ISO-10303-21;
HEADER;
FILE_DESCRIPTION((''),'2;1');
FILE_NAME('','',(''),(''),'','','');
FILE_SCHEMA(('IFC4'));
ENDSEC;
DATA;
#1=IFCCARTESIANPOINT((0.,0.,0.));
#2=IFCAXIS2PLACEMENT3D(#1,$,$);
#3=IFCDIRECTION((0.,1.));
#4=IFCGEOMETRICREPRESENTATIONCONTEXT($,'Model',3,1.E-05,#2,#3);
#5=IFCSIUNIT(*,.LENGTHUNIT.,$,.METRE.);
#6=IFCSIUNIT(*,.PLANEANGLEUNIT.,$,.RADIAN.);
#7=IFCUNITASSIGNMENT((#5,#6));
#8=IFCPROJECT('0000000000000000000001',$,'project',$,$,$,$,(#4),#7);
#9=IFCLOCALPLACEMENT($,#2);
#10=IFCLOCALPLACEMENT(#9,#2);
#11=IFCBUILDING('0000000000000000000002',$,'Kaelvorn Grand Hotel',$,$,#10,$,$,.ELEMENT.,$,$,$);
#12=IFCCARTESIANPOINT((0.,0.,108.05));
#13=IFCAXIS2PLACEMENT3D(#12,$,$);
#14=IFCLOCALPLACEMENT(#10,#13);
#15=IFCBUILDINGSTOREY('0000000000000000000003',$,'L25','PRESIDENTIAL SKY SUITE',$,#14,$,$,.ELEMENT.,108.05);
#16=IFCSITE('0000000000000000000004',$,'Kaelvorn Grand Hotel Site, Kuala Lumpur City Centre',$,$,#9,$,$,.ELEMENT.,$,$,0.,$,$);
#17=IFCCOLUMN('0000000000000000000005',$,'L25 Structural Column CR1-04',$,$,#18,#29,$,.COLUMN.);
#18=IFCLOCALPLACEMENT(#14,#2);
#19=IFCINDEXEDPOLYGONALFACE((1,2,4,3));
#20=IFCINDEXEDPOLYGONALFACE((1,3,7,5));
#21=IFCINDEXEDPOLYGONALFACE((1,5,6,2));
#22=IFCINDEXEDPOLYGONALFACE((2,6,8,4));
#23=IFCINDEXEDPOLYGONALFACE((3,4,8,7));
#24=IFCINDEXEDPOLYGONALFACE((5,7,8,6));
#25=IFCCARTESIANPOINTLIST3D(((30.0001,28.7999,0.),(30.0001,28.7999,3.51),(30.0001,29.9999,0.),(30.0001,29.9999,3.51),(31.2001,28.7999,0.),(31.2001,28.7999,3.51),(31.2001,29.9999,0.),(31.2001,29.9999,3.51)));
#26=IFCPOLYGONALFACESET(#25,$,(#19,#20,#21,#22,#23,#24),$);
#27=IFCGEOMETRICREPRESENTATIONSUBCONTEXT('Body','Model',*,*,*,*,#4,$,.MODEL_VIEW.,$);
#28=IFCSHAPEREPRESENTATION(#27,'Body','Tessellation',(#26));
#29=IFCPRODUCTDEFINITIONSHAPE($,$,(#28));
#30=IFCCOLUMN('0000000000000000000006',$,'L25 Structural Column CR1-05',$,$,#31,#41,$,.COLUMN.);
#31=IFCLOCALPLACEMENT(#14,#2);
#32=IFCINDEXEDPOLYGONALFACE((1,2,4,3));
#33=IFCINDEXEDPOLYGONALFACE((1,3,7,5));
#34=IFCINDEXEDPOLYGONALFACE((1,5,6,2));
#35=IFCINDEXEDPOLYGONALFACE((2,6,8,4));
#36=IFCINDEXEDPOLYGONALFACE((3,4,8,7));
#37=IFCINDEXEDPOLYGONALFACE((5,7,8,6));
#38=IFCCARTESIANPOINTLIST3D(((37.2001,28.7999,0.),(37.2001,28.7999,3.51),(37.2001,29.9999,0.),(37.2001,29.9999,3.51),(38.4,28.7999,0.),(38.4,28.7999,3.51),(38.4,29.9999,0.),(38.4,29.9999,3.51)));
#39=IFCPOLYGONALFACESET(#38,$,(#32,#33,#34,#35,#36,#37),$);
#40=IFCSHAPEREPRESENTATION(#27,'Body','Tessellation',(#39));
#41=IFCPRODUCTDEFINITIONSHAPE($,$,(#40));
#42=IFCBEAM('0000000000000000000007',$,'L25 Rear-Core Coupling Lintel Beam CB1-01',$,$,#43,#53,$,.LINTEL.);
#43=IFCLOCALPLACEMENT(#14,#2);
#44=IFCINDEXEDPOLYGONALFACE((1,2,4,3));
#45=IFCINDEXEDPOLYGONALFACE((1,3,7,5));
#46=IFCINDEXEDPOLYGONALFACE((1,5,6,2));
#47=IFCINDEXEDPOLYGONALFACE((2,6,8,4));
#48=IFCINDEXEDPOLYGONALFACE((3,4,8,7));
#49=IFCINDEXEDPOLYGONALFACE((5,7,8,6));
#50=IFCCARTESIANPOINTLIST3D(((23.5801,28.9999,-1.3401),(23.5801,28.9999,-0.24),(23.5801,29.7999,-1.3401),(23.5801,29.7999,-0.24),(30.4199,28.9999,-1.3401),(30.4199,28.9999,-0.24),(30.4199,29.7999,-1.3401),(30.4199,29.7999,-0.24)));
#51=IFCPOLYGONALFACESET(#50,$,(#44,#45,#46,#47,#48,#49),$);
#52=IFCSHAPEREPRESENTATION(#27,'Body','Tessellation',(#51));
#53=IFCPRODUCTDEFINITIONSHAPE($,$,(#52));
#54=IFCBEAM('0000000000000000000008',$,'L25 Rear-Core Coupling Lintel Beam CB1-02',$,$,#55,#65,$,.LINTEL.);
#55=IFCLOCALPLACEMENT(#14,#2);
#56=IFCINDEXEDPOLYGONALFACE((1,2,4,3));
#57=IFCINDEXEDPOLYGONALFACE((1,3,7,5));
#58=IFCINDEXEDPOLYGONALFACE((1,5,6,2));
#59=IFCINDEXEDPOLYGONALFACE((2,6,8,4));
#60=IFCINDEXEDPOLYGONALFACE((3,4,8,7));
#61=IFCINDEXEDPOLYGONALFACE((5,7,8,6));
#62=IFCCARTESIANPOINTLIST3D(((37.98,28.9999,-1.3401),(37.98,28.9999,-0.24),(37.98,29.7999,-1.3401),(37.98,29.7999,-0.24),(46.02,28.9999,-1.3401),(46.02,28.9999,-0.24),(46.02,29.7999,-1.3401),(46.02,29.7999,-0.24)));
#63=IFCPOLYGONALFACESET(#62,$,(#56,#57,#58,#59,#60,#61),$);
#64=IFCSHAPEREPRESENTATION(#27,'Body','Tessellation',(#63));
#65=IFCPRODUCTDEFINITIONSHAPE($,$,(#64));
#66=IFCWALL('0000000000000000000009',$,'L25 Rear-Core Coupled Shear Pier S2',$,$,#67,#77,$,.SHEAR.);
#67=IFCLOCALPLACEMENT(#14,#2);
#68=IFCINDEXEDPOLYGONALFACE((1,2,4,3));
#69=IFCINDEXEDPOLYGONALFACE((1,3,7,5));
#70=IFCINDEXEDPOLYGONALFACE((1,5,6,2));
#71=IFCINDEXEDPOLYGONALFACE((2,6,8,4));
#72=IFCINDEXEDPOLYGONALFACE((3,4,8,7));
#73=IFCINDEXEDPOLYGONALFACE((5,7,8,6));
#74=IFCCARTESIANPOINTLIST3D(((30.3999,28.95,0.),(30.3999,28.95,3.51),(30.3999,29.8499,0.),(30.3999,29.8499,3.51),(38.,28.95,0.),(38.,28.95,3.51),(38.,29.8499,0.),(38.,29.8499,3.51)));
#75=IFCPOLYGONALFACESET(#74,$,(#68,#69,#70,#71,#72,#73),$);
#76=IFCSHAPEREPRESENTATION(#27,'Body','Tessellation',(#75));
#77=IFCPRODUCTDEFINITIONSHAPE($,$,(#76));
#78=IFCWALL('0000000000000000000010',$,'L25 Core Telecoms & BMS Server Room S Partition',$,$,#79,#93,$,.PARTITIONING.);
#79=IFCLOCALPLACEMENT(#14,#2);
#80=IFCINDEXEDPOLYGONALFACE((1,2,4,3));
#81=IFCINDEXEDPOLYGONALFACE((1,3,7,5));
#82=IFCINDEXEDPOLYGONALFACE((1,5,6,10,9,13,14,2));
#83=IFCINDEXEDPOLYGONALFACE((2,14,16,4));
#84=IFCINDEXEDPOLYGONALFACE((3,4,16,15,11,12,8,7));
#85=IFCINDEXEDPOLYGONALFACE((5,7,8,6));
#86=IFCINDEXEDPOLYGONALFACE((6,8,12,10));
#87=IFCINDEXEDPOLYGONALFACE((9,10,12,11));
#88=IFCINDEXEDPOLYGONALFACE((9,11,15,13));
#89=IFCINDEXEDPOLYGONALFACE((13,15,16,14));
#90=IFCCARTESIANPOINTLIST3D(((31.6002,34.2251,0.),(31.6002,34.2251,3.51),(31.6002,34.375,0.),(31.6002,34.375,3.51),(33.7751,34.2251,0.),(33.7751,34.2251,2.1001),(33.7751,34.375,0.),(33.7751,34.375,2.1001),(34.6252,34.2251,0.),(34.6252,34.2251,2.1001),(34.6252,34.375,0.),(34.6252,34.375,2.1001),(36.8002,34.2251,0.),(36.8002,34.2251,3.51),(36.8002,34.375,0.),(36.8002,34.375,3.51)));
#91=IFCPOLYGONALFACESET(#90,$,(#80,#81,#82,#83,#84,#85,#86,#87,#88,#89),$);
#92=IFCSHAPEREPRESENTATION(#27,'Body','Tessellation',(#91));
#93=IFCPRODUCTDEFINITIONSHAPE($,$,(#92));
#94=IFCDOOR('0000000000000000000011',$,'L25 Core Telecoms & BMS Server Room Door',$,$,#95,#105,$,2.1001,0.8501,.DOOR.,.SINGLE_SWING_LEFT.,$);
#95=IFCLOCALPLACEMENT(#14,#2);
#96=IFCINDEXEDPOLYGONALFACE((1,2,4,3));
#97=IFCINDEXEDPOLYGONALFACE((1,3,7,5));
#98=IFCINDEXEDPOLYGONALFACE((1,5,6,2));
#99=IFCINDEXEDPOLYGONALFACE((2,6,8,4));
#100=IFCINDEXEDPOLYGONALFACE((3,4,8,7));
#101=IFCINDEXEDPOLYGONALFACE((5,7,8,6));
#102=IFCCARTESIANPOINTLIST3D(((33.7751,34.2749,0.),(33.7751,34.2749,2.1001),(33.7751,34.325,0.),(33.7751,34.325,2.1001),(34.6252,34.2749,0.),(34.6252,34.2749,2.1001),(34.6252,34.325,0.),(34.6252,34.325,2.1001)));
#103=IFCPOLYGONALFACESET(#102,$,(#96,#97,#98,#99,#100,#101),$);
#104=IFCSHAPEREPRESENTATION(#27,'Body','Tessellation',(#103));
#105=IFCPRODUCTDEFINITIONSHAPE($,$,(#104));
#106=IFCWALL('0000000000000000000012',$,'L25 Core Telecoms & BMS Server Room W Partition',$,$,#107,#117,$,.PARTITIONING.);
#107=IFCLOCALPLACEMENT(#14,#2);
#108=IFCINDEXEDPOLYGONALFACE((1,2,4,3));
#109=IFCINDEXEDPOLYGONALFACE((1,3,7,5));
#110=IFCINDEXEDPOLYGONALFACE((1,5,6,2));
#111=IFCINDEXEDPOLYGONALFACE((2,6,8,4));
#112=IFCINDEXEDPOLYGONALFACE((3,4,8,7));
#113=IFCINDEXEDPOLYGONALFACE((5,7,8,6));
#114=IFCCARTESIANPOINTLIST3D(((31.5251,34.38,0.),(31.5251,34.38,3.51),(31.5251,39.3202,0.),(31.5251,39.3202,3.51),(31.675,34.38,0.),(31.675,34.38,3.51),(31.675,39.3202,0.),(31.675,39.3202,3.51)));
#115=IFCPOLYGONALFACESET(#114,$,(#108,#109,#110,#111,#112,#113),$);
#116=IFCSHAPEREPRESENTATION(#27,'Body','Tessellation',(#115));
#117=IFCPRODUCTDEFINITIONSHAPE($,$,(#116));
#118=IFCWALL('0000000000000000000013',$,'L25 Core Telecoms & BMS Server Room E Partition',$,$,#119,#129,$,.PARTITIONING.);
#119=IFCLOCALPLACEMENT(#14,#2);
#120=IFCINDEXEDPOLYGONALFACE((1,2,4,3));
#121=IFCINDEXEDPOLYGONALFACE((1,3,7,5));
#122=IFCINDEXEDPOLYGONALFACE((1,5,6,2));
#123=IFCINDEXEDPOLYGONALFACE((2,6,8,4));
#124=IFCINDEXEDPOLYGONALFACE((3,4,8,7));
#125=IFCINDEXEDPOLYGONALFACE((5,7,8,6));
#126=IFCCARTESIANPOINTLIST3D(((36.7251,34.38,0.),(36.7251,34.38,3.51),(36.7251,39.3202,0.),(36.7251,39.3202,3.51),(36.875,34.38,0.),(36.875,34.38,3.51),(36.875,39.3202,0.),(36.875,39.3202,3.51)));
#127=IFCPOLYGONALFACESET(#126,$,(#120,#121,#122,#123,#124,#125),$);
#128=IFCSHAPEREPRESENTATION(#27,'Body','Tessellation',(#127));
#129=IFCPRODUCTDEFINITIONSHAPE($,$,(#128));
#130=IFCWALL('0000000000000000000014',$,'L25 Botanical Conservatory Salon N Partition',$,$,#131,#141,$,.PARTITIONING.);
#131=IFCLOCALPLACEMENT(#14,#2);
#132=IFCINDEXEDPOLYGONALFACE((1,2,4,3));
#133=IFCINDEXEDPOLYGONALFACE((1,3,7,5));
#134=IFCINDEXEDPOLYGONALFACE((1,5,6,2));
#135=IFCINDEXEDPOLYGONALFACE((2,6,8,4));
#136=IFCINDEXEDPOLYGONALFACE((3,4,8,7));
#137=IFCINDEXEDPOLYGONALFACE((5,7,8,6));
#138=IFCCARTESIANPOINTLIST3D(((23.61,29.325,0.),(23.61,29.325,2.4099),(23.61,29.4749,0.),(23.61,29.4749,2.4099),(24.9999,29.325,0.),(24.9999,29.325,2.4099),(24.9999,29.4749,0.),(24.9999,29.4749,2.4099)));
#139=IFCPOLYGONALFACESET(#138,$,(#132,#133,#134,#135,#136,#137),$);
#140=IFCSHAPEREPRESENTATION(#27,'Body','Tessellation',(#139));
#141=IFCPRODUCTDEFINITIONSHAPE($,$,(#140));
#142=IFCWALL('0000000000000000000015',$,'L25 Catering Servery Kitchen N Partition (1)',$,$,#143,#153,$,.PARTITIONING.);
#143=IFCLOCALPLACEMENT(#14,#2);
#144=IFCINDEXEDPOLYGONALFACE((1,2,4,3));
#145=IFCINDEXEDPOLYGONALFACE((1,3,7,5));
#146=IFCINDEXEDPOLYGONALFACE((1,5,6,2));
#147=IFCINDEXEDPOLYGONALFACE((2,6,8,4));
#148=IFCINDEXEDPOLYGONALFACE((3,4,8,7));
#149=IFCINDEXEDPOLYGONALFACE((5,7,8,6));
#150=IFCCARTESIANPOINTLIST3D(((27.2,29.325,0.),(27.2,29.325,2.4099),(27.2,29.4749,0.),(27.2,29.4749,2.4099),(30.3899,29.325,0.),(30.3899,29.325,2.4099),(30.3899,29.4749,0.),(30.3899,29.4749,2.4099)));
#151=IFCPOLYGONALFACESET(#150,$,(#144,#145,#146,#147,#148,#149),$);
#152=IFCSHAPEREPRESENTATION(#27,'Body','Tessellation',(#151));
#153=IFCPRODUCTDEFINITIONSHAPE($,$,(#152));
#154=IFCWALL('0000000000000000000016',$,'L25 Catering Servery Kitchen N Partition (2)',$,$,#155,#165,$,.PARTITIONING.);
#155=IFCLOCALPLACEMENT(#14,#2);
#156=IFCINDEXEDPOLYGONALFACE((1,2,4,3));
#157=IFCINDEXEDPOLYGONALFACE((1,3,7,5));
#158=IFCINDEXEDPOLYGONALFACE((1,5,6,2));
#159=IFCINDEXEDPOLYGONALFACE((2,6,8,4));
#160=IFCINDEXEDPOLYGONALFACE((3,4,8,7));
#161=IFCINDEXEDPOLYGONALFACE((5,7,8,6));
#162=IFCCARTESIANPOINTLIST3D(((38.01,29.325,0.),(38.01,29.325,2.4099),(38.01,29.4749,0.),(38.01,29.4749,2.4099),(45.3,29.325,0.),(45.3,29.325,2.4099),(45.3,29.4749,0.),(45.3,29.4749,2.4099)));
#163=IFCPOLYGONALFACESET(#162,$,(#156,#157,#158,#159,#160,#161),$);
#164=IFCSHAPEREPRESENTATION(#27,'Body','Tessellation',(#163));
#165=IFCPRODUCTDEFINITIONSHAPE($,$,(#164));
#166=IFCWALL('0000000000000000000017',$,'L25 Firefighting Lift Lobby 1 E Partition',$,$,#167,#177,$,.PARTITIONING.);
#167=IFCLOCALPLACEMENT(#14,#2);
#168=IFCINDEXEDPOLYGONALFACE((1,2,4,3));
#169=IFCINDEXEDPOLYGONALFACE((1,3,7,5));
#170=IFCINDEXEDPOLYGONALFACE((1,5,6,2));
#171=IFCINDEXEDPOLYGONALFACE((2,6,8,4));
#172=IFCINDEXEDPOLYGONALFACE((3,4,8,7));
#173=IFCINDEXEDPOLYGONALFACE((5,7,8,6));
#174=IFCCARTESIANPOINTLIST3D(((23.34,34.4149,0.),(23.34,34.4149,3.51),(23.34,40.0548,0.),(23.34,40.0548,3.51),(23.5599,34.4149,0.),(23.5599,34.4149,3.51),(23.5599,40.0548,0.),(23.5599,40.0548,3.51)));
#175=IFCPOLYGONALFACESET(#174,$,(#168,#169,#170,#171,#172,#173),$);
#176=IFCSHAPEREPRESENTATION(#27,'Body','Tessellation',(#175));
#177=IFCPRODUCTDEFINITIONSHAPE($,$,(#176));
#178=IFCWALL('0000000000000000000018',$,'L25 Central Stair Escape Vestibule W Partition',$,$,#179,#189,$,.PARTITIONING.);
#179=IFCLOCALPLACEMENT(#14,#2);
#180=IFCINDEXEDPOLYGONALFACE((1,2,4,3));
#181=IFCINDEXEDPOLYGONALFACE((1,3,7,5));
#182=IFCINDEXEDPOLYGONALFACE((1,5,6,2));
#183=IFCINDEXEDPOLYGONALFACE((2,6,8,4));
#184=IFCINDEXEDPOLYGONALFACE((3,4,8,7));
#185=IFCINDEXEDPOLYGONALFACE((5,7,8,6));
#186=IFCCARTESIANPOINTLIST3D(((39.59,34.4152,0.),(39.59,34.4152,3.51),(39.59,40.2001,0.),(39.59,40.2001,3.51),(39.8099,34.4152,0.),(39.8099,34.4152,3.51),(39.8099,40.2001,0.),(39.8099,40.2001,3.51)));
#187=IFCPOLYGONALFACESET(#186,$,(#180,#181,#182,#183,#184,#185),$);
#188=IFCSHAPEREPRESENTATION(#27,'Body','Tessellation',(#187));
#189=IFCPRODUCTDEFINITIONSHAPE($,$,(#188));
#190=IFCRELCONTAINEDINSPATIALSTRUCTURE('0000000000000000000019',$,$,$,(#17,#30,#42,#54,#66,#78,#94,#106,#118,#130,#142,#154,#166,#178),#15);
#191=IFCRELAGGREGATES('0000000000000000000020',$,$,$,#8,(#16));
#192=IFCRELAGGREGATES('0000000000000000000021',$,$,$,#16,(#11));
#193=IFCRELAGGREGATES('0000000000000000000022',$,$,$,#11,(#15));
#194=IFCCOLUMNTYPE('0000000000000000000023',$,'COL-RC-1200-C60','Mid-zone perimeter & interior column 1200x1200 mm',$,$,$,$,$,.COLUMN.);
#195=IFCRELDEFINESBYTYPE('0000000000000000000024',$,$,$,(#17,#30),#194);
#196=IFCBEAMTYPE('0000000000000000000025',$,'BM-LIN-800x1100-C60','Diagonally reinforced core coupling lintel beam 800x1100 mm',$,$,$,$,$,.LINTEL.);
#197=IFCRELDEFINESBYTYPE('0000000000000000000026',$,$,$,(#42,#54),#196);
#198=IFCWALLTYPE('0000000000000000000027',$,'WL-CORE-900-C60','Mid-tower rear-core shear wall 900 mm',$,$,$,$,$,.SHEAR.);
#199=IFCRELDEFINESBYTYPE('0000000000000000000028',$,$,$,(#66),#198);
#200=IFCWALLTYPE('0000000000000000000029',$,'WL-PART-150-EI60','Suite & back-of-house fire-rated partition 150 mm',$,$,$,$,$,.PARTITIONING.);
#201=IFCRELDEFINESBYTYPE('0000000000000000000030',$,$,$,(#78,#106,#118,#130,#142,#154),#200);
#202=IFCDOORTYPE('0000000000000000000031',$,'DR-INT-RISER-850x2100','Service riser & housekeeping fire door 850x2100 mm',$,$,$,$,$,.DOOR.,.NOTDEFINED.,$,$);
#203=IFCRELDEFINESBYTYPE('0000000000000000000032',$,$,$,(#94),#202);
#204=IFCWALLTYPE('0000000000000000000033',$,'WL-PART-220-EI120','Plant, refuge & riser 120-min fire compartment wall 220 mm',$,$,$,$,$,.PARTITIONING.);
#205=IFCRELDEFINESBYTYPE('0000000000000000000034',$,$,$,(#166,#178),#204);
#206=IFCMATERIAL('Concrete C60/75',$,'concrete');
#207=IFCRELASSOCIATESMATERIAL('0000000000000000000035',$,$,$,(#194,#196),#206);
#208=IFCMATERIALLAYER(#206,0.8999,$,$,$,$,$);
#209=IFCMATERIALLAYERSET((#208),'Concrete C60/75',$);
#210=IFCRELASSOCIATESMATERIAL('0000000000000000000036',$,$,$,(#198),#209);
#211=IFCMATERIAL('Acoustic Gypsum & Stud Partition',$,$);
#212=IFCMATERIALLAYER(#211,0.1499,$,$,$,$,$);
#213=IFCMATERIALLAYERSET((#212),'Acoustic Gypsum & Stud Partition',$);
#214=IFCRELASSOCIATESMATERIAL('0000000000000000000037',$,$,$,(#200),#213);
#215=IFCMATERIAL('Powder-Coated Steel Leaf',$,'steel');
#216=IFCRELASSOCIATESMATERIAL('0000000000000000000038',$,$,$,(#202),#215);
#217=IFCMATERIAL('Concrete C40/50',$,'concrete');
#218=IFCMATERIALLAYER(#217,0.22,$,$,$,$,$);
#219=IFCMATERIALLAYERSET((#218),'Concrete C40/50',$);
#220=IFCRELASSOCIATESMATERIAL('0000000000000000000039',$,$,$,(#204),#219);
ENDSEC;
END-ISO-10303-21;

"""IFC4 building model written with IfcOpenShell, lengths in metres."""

from ifc_helpers import new_model, si_unit, direction, frame, frame_2d, origin, origin_2d, place, context, subcontext, project, spatial, rectangle, extrude, material, layer, layer_set, material_profile, profile_set, type_object, element, fill, save


model = new_model("IFC4")

# Units and contexts
model_context = context("Model", 3, precision=1e-05, world=origin(), true_north=direction((0.0, 1.0)))
body_context = subcontext(model_context, "Body", "Model", "MODEL_VIEW")
ifc_project = project(units=[si_unit("LENGTHUNIT", "METRE"), si_unit("PLANEANGLEUNIT", "RADIAN")], contexts=[model_context])

# Site, building, storey
site_placement = place(None, origin())
site = spatial("IfcSite", under=ifc_project, at=site_placement, Name="Kaelvorn Grand Hotel Site, Kuala Lumpur City Centre", CompositionType="ELEMENT", RefElevation=0.0)
building_placement = place(site_placement, origin())
building = spatial("IfcBuilding", under=site, at=building_placement, Name="Kaelvorn Grand Hotel", CompositionType="ELEMENT")
storey_placement = place(building_placement, frame((0.0, 0.0, 108.05)))
storey = spatial("IfcBuildingStorey", under=building, at=storey_placement, Name="L25", Description="PRESIDENTIAL SKY SUITE", CompositionType="ELEMENT", Elevation=108.05)

# Columns
ifc_material_1 = material(Name="Concrete C60/75", Category="concrete")
ifc_material_profile_1 = material_profile(ifc_material_1, rectangle(XDim=1.2, YDim=1.2, at=origin_2d()), Name="RC COL 1200x1200")
ifc_profile_set_1 = profile_set([ifc_material_profile_1], Name="Concrete C60/75")
column_type = type_object("IfcColumnType", Name="COL-RC-1200-C60", Description="Mid-zone perimeter & interior column 1200x1200 mm", PredefinedType="COLUMN", material=ifc_profile_set_1)
for number, where, z_axis, x_axis, name in (
    (1, (30.6001, 29.3999, 0.0), (0.0, 0.0, 1.0), (1.0, 0.0, 0.0), "L25 Structural Column CR1-04"),
    (2, (37.8, 29.3999, 0.0), (0.0, 0.0, 1.0), (1.0, 0.0, 0.0), "L25 Structural Column CR1-05"),
):
    element("IfcColumn", number, at=place(storey_placement, frame(where, z_axis=z_axis, x_axis=x_axis)), inside=storey, type_object=column_type, Name=name, PredefinedType="COLUMN", context=body_context, shape_type="SweptSolid", body=[
        extrude(rectangle(XDim=1.2, YDim=1.2, at=origin_2d()), origin(), (0.0, 0.0, 1.0), 3.51),
    ])

# Beams
ifc_material_profile_2 = material_profile(ifc_material_1, rectangle(XDim=0.8, YDim=1.1001, at=origin_2d()), Name="RC LINTEL 800x1100")
ifc_profile_set_2 = profile_set([ifc_material_profile_2], Name="Concrete C60/75")
beam_type = type_object("IfcBeamType", Name="BM-LIN-800x1100-C60", Description="Diagonally reinforced core coupling lintel beam 800x1100 mm", PredefinedType="LINTEL", material=ifc_profile_set_2)
beam_1_placement = place(storey_placement, frame((23.5801, 29.3999, -0.79), z_axis=(1.0, 0.0, 0.0), x_axis=(0.0, 1.0, 0.0)))
element("IfcBeam", 3, at=beam_1_placement, inside=storey, type_object=beam_type, Name="L25 Rear-Core Coupling Lintel Beam CB1-01", PredefinedType="LINTEL", context=body_context, shape_type="SweptSolid", body=[
    extrude(rectangle(XDim=0.8, YDim=1.1001, at=origin_2d()), origin(), (0.0, 0.0, 1.0), 6.8398),
])
beam_2_placement = place(storey_placement, frame((37.98, 29.3999, -0.79), z_axis=(1.0, 0.0, 0.0), x_axis=(0.0, 1.0, 0.0)))
element("IfcBeam", 4, at=beam_2_placement, inside=storey, type_object=beam_type, Name="L25 Rear-Core Coupling Lintel Beam CB1-02", PredefinedType="LINTEL", context=body_context, shape_type="SweptSolid", body=[
    extrude(rectangle(XDim=0.8, YDim=1.1001, at=origin_2d()), origin(), (0.0, 0.0, 1.0), 8.04),
])

# Wall
ifc_layer_1 = layer(ifc_material_1, 0.8999)
ifc_layer_set_1 = layer_set([ifc_layer_1], Name="Concrete C60/75")
wall_type_1 = type_object("IfcWallType", Name="WL-CORE-900-C60", Description="Mid-tower rear-core shear wall 900 mm", PredefinedType="SHEAR", material=ifc_layer_set_1)
wall_1_placement = place(storey_placement, frame((30.3999, 29.3999, 0.0), z_axis=(0.0, 0.0, 1.0), x_axis=(1.0, 0.0, 0.0)))
element("IfcWall", 5, at=wall_1_placement, inside=storey, type_object=wall_type_1, Name="L25 Rear-Core Coupled Shear Pier S2", PredefinedType="SHEAR", context=body_context, shape_type="SweptSolid", body=[
    extrude(rectangle(XDim=7.6001, YDim=0.8999, at=frame_2d((3.8, 0.0))), origin(), (0.0, 0.0, 1.0), 3.51),
])

# Wall, opening, door
ifc_material_2 = material(Name="Acoustic Gypsum & Stud Partition")
ifc_layer_2 = layer(ifc_material_2, 0.1499)
ifc_layer_set_2 = layer_set([ifc_layer_2], Name="Acoustic Gypsum & Stud Partition")
wall_type_2 = type_object("IfcWallType", Name="WL-PART-150-EI60", Description="Suite & back-of-house fire-rated partition 150 mm", PredefinedType="PARTITIONING", material=ifc_layer_set_2)
wall_2_placement = place(storey_placement, frame((31.6001, 34.3, 0.0), z_axis=(0.0, 0.0, 1.0), x_axis=(1.0, 0.0, 0.0)))
wall_2 = element("IfcWall", 6, at=wall_2_placement, inside=storey, type_object=wall_type_2, Name="L25 Core Telecoms & BMS Server Room S Partition", PredefinedType="PARTITIONING", context=body_context, shape_type="SweptSolid", body=[
    extrude(rectangle(XDim=5.2, YDim=0.1499, at=frame_2d((2.6001, 0.0))), origin(), (0.0, 0.0, 1.0), 3.51),
])
opening_1_placement = place(wall_2_placement, frame((2.175, 0.0, 0.0)))
opening_1 = element("IfcOpeningElement", 7, at=opening_1_placement, cuts=wall_2, PredefinedType="OPENING", context=body_context, shape_type="SweptSolid", body=[
    extrude(rectangle(XDim=0.8501, YDim=2.1001, at=frame_2d((0.425, 1.05))), frame((0.0, 0.085, 0.0), z_axis=(0.0, -1.0, 0.0), x_axis=(1.0, 0.0, 0.0)), (0.0, 0.0, 1.0), 0.1699),
])
ifc_material_3 = material(Name="Powder-Coated Steel Leaf", Category="steel")
door_type_1 = type_object("IfcDoorType", Name="DR-INT-RISER-850x2100", Description="Service riser & housekeeping fire door 850x2100 mm", OperationType="NOTDEFINED", PredefinedType="DOOR", material=ifc_material_3)
door_1_placement = place(opening_1_placement, origin())
door_1 = element("IfcDoor", 8, at=door_1_placement, inside=storey, type_object=door_type_1, Name="L25 Core Telecoms & BMS Server Room Door", OperationType="SINGLE_SWING_LEFT", OverallHeight=2.1001, OverallWidth=0.8501, PredefinedType="DOOR", context=body_context, shape_type="SweptSolid", body=[
    extrude(rectangle(XDim=0.8501, YDim=2.1001, at=frame_2d((0.425, 1.05))), frame((0.0, 0.0249, 0.0), z_axis=(0.0, -1.0, 0.0), x_axis=(1.0, 0.0, 0.0)), (0.0, 0.0, 1.0), 0.05),
])
fill(opening_1, door_1)

# Walls
for number, where, z_axis, x_axis, name in (
    (9, (31.6001, 34.3799, 0.0), (0.0, 0.0, 1.0), (0.0, 1.0, 0.0), "L25 Core Telecoms & BMS Server Room W Partition"),
    (10, (36.8, 34.3799, 0.0), (0.0, 0.0, 1.0), (0.0, 1.0, 0.0), "L25 Core Telecoms & BMS Server Room E Partition"),
):
    element("IfcWall", number, at=place(storey_placement, frame(where, z_axis=z_axis, x_axis=x_axis)), inside=storey, type_object=wall_type_2, Name=name, PredefinedType="PARTITIONING", context=body_context, shape_type="SweptSolid", body=[
        extrude(rectangle(XDim=4.9402, YDim=0.1499, at=frame_2d((2.4702, 0.0))), origin(), (0.0, 0.0, 1.0), 3.51),
    ])
wall_3_placement = place(storey_placement, frame((23.6101, 29.3999, 0.0), z_axis=(0.0, 0.0, 1.0), x_axis=(1.0, 0.0, 0.0)))
element("IfcWall", 11, at=wall_3_placement, inside=storey, type_object=wall_type_2, Name="L25 Botanical Conservatory Salon N Partition", PredefinedType="PARTITIONING", context=body_context, shape_type="SweptSolid", body=[
    extrude(rectangle(XDim=1.3899, YDim=0.1499, at=frame_2d((0.6948, 0.0))), origin(), (0.0, 0.0, 1.0), 2.4099),
])
wall_4_placement = place(storey_placement, frame((27.2, 29.3999, 0.0), z_axis=(0.0, 0.0, 1.0), x_axis=(1.0, 0.0, 0.0)))
element("IfcWall", 12, at=wall_4_placement, inside=storey, type_object=wall_type_2, Name="L25 Catering Servery Kitchen N Partition (1)", PredefinedType="PARTITIONING", context=body_context, shape_type="SweptSolid", body=[
    extrude(rectangle(XDim=3.1899, YDim=0.1499, at=frame_2d((1.595, 0.0))), origin(), (0.0, 0.0, 1.0), 2.4099),
])
wall_5_placement = place(storey_placement, frame((38.01, 29.3999, 0.0), z_axis=(0.0, 0.0, 1.0), x_axis=(1.0, 0.0, 0.0)))
element("IfcWall", 13, at=wall_5_placement, inside=storey, type_object=wall_type_2, Name="L25 Catering Servery Kitchen N Partition (2)", PredefinedType="PARTITIONING", context=body_context, shape_type="SweptSolid", body=[
    extrude(rectangle(XDim=7.29, YDim=0.1499, at=frame_2d((3.645, 0.0))), origin(), (0.0, 0.0, 1.0), 2.4099),
])
ifc_material_4 = material(Name="Concrete C40/50", Category="concrete")
ifc_layer_3 = layer(ifc_material_4, 0.22)
ifc_layer_set_3 = layer_set([ifc_layer_3], Name="Concrete C40/50")
wall_type_3 = type_object("IfcWallType", Name="WL-PART-220-EI120", Description="Plant, refuge & riser 120-min fire compartment wall 220 mm", PredefinedType="PARTITIONING", material=ifc_layer_set_3)
wall_6_placement = place(storey_placement, frame((23.45, 34.415, 0.0), z_axis=(0.0, 0.0, 1.0), x_axis=(0.0, 1.0, 0.0)))
element("IfcWall", 14, at=wall_6_placement, inside=storey, type_object=wall_type_3, Name="L25 Firefighting Lift Lobby 1 E Partition", PredefinedType="PARTITIONING", context=body_context, shape_type="SweptSolid", body=[
    extrude(rectangle(XDim=5.6399, YDim=0.22, at=frame_2d((2.8198, 0.0))), origin(), (0.0, 0.0, 1.0), 3.51),
])

# Wall
wall_7_placement = place(storey_placement, frame((39.7, 34.415, 0.0), z_axis=(0.0, 0.0, 1.0), x_axis=(0.0, 1.0, 0.0)))
element("IfcWall", 15, at=wall_7_placement, inside=storey, type_object=wall_type_3, Name="L25 Central Stair Escape Vestibule W Partition", PredefinedType="PARTITIONING", context=body_context, shape_type="SweptSolid", body=[
    extrude(rectangle(XDim=5.7849, YDim=0.22, at=frame_2d((2.8926, 0.0))), origin(), (0.0, 0.0, 1.0), 3.51),
])

save(model, "model.ifc")
